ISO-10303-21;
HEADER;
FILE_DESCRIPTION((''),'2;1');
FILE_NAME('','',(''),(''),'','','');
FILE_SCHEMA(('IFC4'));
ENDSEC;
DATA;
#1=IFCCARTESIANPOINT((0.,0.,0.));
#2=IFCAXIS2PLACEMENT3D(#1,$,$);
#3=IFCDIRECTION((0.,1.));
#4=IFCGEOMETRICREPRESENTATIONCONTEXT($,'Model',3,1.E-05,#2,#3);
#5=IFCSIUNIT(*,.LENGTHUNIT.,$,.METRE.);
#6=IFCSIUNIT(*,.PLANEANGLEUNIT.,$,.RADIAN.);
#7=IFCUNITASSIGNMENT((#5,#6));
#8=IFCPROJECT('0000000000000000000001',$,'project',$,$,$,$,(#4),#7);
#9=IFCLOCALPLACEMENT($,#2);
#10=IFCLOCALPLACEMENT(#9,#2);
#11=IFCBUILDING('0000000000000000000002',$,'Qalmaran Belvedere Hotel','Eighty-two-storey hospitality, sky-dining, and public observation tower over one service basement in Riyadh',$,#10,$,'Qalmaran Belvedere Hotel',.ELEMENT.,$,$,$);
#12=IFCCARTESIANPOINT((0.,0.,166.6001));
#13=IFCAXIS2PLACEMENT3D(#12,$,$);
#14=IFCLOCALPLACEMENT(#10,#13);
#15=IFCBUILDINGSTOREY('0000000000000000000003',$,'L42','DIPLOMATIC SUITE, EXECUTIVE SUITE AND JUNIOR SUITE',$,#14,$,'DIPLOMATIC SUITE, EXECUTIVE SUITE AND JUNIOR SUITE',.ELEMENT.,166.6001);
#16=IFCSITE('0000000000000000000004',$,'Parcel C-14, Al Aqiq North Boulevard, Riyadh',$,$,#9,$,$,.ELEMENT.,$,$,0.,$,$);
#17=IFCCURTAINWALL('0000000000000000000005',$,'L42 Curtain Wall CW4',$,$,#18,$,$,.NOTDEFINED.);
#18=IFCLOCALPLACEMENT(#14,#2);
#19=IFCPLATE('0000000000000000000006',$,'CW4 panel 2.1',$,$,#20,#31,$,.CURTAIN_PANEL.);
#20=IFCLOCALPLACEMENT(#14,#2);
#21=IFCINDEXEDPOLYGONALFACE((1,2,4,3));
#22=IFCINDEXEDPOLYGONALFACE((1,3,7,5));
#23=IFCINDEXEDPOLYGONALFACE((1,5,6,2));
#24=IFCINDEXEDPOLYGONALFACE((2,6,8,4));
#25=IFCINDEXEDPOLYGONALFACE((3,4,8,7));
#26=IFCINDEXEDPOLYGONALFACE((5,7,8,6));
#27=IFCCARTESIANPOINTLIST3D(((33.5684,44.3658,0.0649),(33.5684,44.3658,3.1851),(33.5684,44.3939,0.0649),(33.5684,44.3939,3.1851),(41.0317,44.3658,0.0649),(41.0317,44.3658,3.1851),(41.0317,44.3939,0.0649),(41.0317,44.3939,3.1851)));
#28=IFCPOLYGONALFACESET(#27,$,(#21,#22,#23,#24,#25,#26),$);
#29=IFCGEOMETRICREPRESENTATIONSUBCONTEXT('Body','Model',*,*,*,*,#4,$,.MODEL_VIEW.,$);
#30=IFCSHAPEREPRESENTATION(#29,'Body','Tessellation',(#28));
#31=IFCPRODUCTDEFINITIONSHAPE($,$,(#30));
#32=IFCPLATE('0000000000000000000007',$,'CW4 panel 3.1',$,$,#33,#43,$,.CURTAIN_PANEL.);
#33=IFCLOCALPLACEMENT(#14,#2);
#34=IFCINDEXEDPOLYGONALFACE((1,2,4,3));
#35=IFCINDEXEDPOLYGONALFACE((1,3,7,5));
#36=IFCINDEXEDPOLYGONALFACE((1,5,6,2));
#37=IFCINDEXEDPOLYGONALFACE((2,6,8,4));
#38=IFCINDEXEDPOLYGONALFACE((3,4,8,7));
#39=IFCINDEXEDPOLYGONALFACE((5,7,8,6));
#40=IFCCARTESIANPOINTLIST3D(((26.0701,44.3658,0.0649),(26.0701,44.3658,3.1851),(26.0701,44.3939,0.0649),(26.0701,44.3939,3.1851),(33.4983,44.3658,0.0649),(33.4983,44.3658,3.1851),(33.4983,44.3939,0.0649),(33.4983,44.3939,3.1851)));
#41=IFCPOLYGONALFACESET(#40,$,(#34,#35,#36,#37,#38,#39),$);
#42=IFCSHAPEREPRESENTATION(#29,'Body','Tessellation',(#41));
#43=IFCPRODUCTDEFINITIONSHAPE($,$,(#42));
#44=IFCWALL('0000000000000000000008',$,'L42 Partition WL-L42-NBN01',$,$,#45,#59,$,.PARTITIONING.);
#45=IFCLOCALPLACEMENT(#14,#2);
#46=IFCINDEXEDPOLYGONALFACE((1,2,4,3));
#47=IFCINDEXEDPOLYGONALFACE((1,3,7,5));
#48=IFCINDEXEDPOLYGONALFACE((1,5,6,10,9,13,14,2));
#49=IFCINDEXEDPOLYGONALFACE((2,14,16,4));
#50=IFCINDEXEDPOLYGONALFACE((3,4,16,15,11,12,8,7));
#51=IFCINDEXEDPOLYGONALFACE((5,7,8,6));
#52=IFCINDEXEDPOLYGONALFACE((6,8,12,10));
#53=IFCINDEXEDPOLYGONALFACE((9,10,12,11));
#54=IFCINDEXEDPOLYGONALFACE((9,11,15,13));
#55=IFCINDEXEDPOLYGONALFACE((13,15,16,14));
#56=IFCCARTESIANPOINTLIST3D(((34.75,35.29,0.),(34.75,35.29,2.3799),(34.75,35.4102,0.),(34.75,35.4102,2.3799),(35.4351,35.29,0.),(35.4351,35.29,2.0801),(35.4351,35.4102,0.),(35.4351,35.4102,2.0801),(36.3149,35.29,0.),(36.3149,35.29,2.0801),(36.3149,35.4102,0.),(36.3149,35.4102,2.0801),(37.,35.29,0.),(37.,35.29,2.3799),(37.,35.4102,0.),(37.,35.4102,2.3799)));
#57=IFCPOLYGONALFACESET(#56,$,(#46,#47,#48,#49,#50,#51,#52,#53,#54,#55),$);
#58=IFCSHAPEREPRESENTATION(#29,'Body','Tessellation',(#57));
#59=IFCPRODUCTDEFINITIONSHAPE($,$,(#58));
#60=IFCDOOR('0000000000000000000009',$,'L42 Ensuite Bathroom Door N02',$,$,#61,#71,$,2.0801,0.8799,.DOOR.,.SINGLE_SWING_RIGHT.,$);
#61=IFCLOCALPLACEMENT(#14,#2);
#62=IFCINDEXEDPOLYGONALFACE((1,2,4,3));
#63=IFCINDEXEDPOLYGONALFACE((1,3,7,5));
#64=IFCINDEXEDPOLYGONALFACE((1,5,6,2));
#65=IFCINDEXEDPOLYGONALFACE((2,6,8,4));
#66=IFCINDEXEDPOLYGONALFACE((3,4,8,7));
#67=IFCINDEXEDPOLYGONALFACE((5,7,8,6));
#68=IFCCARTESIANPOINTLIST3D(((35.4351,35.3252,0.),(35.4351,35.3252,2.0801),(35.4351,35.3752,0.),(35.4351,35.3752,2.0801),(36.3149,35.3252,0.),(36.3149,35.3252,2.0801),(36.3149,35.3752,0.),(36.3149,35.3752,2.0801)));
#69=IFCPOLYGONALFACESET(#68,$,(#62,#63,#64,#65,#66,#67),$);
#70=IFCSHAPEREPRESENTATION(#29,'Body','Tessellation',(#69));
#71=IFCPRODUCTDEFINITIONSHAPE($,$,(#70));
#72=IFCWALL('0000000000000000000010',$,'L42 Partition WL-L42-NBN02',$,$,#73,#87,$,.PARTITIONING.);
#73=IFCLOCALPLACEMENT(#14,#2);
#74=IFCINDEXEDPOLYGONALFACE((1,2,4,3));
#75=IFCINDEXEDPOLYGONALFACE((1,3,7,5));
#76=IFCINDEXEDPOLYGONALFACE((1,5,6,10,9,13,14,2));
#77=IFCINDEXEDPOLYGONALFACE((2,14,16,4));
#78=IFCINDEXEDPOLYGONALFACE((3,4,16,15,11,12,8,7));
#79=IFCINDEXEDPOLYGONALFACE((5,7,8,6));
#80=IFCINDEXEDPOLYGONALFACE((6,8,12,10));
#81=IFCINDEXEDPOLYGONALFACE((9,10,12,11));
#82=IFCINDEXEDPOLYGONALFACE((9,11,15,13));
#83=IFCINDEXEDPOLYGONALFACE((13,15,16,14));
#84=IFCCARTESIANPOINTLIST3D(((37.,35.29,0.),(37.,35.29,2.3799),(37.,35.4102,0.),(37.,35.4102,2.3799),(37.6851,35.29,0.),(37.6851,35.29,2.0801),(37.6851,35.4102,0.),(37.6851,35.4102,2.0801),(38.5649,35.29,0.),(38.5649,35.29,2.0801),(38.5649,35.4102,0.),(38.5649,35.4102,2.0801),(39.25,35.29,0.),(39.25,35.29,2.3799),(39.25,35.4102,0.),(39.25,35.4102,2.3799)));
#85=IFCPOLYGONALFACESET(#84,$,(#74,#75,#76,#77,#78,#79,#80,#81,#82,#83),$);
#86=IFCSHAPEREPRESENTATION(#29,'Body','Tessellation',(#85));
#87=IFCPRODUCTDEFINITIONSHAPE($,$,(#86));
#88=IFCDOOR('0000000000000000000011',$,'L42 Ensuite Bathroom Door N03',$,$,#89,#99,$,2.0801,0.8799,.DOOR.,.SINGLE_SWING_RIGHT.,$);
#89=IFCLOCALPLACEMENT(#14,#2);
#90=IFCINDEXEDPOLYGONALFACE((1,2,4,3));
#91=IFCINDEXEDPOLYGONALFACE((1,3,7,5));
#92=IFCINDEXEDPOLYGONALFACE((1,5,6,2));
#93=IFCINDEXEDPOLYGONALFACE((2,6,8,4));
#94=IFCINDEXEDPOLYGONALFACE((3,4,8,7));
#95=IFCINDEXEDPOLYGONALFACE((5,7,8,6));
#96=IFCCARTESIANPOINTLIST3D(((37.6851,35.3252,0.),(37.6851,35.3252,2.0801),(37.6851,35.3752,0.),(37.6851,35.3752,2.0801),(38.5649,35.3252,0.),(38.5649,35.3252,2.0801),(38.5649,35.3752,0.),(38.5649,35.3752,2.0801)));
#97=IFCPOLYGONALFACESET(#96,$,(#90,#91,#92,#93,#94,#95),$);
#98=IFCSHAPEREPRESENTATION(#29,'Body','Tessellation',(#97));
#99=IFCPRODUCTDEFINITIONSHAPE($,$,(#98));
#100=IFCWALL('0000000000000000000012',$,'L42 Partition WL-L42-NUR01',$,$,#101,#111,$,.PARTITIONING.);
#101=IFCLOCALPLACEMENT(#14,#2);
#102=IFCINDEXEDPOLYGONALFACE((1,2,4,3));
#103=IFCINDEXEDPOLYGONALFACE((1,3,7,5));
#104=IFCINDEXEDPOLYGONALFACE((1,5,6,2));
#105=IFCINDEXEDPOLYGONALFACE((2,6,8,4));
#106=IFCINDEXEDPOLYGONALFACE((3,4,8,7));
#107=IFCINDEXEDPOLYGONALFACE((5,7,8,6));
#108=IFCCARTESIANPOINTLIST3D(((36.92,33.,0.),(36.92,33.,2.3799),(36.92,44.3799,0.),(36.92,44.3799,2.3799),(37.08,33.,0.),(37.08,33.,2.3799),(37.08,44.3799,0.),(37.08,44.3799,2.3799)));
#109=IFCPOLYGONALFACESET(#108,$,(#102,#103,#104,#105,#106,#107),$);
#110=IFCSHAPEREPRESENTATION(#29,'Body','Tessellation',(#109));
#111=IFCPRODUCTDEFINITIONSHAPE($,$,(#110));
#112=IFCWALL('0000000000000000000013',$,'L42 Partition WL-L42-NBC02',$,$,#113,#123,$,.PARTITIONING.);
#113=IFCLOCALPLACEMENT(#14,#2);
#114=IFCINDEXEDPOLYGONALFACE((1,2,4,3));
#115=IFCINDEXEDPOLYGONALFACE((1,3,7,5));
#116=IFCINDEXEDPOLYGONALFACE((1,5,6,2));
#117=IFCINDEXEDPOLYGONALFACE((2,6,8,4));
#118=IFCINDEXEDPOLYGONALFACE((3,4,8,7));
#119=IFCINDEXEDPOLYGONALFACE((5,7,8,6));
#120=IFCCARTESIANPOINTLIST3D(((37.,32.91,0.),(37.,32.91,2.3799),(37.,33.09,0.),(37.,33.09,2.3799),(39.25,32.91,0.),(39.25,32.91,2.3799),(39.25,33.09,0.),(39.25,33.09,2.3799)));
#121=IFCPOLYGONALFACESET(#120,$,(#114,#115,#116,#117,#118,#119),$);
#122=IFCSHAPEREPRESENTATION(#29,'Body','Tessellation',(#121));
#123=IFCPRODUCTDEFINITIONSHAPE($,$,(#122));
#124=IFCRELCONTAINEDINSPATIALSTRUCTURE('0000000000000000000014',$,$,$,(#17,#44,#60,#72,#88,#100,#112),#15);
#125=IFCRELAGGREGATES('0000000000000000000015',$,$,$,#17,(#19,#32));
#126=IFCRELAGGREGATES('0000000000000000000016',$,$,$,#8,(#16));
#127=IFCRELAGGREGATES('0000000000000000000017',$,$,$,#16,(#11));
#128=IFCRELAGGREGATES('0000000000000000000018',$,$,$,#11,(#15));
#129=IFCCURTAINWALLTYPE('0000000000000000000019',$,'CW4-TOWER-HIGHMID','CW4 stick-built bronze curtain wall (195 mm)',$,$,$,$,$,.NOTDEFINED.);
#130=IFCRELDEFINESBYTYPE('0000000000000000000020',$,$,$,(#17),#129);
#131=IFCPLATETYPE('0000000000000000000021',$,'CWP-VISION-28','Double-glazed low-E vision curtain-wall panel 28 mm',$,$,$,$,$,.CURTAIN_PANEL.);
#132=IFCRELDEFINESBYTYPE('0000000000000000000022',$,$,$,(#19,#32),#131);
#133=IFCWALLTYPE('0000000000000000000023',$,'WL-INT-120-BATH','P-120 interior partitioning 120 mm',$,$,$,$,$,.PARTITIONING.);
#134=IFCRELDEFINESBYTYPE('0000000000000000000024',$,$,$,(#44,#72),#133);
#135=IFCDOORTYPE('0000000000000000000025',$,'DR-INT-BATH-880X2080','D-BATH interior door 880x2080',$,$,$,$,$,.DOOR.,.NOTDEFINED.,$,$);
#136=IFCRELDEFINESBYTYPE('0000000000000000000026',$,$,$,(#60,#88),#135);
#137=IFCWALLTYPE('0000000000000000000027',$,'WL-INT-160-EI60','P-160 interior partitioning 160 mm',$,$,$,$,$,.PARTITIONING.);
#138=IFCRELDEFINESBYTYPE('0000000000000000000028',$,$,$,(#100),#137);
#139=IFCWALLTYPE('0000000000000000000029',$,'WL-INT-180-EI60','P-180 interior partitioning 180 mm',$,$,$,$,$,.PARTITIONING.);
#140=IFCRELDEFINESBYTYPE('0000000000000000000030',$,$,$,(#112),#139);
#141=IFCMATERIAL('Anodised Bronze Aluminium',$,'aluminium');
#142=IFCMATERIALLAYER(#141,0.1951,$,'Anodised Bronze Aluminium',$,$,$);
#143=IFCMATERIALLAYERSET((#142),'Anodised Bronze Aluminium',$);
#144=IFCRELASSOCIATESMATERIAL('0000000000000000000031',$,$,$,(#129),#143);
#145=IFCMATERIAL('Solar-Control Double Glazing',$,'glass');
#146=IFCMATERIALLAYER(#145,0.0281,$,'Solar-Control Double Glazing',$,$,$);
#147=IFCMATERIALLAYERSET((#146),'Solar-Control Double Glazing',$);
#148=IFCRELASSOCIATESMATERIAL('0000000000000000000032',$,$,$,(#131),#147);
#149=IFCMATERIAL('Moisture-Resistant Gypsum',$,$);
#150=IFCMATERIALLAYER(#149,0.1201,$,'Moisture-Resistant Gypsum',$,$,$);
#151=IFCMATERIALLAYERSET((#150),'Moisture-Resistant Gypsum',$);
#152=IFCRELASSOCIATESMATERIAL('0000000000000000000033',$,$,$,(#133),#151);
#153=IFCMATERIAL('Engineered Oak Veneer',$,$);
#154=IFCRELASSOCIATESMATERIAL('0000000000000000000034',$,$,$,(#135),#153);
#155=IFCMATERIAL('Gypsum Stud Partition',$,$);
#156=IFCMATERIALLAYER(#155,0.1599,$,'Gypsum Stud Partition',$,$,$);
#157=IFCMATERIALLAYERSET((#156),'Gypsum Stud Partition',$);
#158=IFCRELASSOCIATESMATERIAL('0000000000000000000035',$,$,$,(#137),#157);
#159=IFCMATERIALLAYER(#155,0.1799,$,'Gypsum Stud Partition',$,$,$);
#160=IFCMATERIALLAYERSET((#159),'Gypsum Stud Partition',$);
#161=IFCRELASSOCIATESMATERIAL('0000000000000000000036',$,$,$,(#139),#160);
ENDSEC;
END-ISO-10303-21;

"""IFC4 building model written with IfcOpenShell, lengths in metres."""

from ifc_helpers import new_model, si_unit, direction, frame, frame_2d, origin, origin_2d, place, context, subcontext, project, spatial, rectangle, extrude, material, layer, layer_set, type_object, element, fill, aggregate, save


model = new_model("IFC4")

# Units and contexts
model_context = context("Model", 3, precision=1e-05, world=origin(), true_north=direction((0.0, 1.0)))
body_context = subcontext(model_context, "Body", "Model", "MODEL_VIEW")
ifc_project = project(units=[si_unit("LENGTHUNIT", "METRE"), si_unit("PLANEANGLEUNIT", "RADIAN")], contexts=[model_context])

# Site, building, storey
site_placement = place(None, origin())
site = spatial("IfcSite", under=ifc_project, at=site_placement, Name="Parcel C-14, Al Aqiq North Boulevard, Riyadh", CompositionType="ELEMENT", RefElevation=0.0)
building_placement = place(site_placement, origin())
building = spatial("IfcBuilding", under=site, at=building_placement, Name="Qalmaran Belvedere Hotel", Description="Eighty-two-storey hospitality, sky-dining, and public observation tower over one service basement in Riyadh", LongName="Qalmaran Belvedere Hotel", CompositionType="ELEMENT")
storey_placement = place(building_placement, frame((0.0, 0.0, 166.6001)))
storey = spatial("IfcBuildingStorey", under=building, at=storey_placement, Name="L42", Description="DIPLOMATIC SUITE, EXECUTIVE SUITE AND JUNIOR SUITE", LongName="DIPLOMATIC SUITE, EXECUTIVE SUITE AND JUNIOR SUITE", CompositionType="ELEMENT", Elevation=166.6001)

# Curtain wall, plates
ifc_material_1 = material(Name="Anodised Bronze Aluminium", Category="aluminium")
ifc_layer_1 = layer(ifc_material_1, 0.1951, Name="Anodised Bronze Aluminium")
ifc_layer_set_1 = layer_set([ifc_layer_1], Name="Anodised Bronze Aluminium")
curtain_wall_type = type_object("IfcCurtainWallType", Name="CW4-TOWER-HIGHMID", Description="CW4 stick-built bronze curtain wall (195 mm)", PredefinedType="NOTDEFINED", material=ifc_layer_set_1)
curtain_wall_placement = place(storey_placement, origin())
curtain_wall = element("IfcCurtainWall", 1, at=curtain_wall_placement, inside=storey, type_object=curtain_wall_type, Name="L42 Curtain Wall CW4", PredefinedType="NOTDEFINED")
ifc_material_2 = material(Name="Solar-Control Double Glazing", Category="glass")
ifc_layer_2 = layer(ifc_material_2, 0.0281, Name="Solar-Control Double Glazing")
ifc_layer_set_2 = layer_set([ifc_layer_2], Name="Solar-Control Double Glazing")
plate_type = type_object("IfcPlateType", Name="CWP-VISION-28", Description="Double-glazed low-E vision curtain-wall panel 28 mm", PredefinedType="CURTAIN_PANEL", material=ifc_layer_set_2)
plate_1_placement = place(storey_placement, frame((37.3, 44.3799, 0.0649), z_axis=(0.0, 0.0, 1.0), x_axis=(-1.0, 0.0, 0.0)))
plate_1 = element("IfcPlate", 2, at=plate_1_placement, type_object=plate_type, Name="CW4 panel 2.1", PredefinedType="CURTAIN_PANEL", context=body_context, shape_type="SweptSolid", body=[
    extrude(rectangle(XDim=7.4634, YDim=0.0281, at=origin_2d()), origin(), (0.0, 0.0, 1.0), 3.1201),
])
plate_2_placement = place(storey_placement, frame((29.7842, 44.3799, 0.0649), z_axis=(0.0, 0.0, 1.0), x_axis=(-1.0, 0.0, 0.0)))
plate_2 = element("IfcPlate", 3, at=plate_2_placement, type_object=plate_type, Name="CW4 panel 3.1", PredefinedType="CURTAIN_PANEL", context=body_context, shape_type="SweptSolid", body=[
    extrude(rectangle(XDim=7.4282, YDim=0.0281, at=origin_2d()), origin(), (0.0, 0.0, 1.0), 3.1201),
])
aggregate(curtain_wall, [plate_1, plate_2])

# Walls, openings, doors
ifc_material_3 = material(Name="Moisture-Resistant Gypsum")
ifc_layer_3 = layer(ifc_material_3, 0.1201, Name="Moisture-Resistant Gypsum")
ifc_layer_set_3 = layer_set([ifc_layer_3], Name="Moisture-Resistant Gypsum")
wall_type_1 = type_object("IfcWallType", Name="WL-INT-120-BATH", Description="P-120 interior partitioning 120 mm", PredefinedType="PARTITIONING", material=ifc_layer_set_3)
wall_1_placement = place(storey_placement, frame((34.75, 35.3501, 0.0), z_axis=(0.0, 0.0, 1.0), x_axis=(1.0, 0.0, 0.0)))
wall_1 = element("IfcWall", 4, at=wall_1_placement, inside=storey, type_object=wall_type_1, Name="L42 Partition WL-L42-NBN01", PredefinedType="PARTITIONING", context=body_context, shape_type="SweptSolid", body=[
    extrude(rectangle(XDim=2.25, YDim=0.1201, at=frame_2d((1.125, 0.0))), origin(), (0.0, 0.0, 1.0), 2.3799),
])
opening_1_placement = place(wall_1_placement, frame((1.5649, 0.0, 0.0), z_axis=(0.0, 0.0, 1.0), x_axis=(-1.0, 0.0, 0.0)))
opening_1 = element("IfcOpeningElement", 5, at=opening_1_placement, cuts=wall_1, PredefinedType="OPENING", context=body_context, shape_type="SweptSolid", body=[
    extrude(rectangle(XDim=0.8799, YDim=2.0801, at=frame_2d((0.4399, 1.04))), frame((0.0, 0.0701, 0.0), z_axis=(0.0, -1.0, 0.0), x_axis=(1.0, 0.0, 0.0)), (0.0, 0.0, 1.0), 0.1401),
])
ifc_material_4 = material(Name="Engineered Oak Veneer")
door_type = type_object("IfcDoorType", Name="DR-INT-BATH-880X2080", Description="D-BATH interior door 880x2080", OperationType="NOTDEFINED", PredefinedType="DOOR", material=ifc_material_4)
door_1_placement = place(opening_1_placement, origin())
door_1 = element("IfcDoor", 6, at=door_1_placement, inside=storey, type_object=door_type, Name="L42 Ensuite Bathroom Door N02", OperationType="SINGLE_SWING_RIGHT", OverallHeight=2.0801, OverallWidth=0.8799, PredefinedType="DOOR", context=body_context, shape_type="SweptSolid", body=[
    extrude(rectangle(XDim=0.8799, YDim=2.0801, at=frame_2d((0.4399, 1.04))), frame((0.0, 0.0249, 0.0), z_axis=(0.0, -1.0, 0.0), x_axis=(1.0, 0.0, 0.0)), (0.0, 0.0, 1.0), 0.05),
])
fill(opening_1, door_1)
wall_2_placement = place(storey_placement, frame((37.0, 35.3501, 0.0), z_axis=(0.0, 0.0, 1.0), x_axis=(1.0, 0.0, 0.0)))
wall_2 = element("IfcWall", 7, at=wall_2_placement, inside=storey, type_object=wall_type_1, Name="L42 Partition WL-L42-NBN02", PredefinedType="PARTITIONING", context=body_context, shape_type="SweptSolid", body=[
    extrude(rectangle(XDim=2.25, YDim=0.1201, at=frame_2d((1.125, 0.0))), origin(), (0.0, 0.0, 1.0), 2.3799),
])
opening_2_placement = place(wall_2_placement, frame((1.5649, 0.0, 0.0), z_axis=(0.0, 0.0, 1.0), x_axis=(-1.0, 0.0, 0.0)))
opening_2 = element("IfcOpeningElement", 8, at=opening_2_placement, cuts=wall_2, PredefinedType="OPENING", context=body_context, shape_type="SweptSolid", body=[
    extrude(rectangle(XDim=0.8799, YDim=2.0801, at=frame_2d((0.4399, 1.04))), frame((0.0, 0.0701, 0.0), z_axis=(0.0, -1.0, 0.0), x_axis=(1.0, 0.0, 0.0)), (0.0, 0.0, 1.0), 0.1401),
])
door_2_placement = place(opening_2_placement, origin())
door_2 = element("IfcDoor", 9, at=door_2_placement, inside=storey, type_object=door_type, Name="L42 Ensuite Bathroom Door N03", OperationType="SINGLE_SWING_RIGHT", OverallHeight=2.0801, OverallWidth=0.8799, PredefinedType="DOOR", context=body_context, shape_type="SweptSolid", body=[
    extrude(rectangle(XDim=0.8799, YDim=2.0801, at=frame_2d((0.4399, 1.04))), frame((0.0, 0.0249, 0.0), z_axis=(0.0, -1.0, 0.0), x_axis=(1.0, 0.0, 0.0)), (0.0, 0.0, 1.0), 0.05),
])
fill(opening_2, door_2)

# Walls
ifc_material_5 = material(Name="Gypsum Stud Partition")
ifc_layer_4 = layer(ifc_material_5, 0.1599, Name="Gypsum Stud Partition")
ifc_layer_set_4 = layer_set([ifc_layer_4], Name="Gypsum Stud Partition")
wall_type_2 = type_object("IfcWallType", Name="WL-INT-160-EI60", Description="P-160 interior partitioning 160 mm", PredefinedType="PARTITIONING", material=ifc_layer_set_4)
wall_3_placement = place(storey_placement, frame((37.0, 33.0, 0.0), z_axis=(0.0, 0.0, 1.0), x_axis=(0.0, 1.0, 0.0)))
element("IfcWall", 10, at=wall_3_placement, inside=storey, type_object=wall_type_2, Name="L42 Partition WL-L42-NUR01", PredefinedType="PARTITIONING", context=body_context, shape_type="SweptSolid", body=[
    extrude(rectangle(XDim=11.3799, YDim=0.1599, at=frame_2d((5.6899, 0.0))), origin(), (0.0, 0.0, 1.0), 2.3799),
])
ifc_layer_5 = layer(ifc_material_5, 0.1799, Name="Gypsum Stud Partition")
ifc_layer_set_5 = layer_set([ifc_layer_5], Name="Gypsum Stud Partition")
wall_type_3 = type_object("IfcWallType", Name="WL-INT-180-EI60", Description="P-180 interior partitioning 180 mm", PredefinedType="PARTITIONING", material=ifc_layer_set_5)
wall_4_placement = place(storey_placement, frame((37.0, 33.0, 0.0), z_axis=(0.0, 0.0, 1.0), x_axis=(1.0, 0.0, 0.0)))
element("IfcWall", 11, at=wall_4_placement, inside=storey, type_object=wall_type_3, Name="L42 Partition WL-L42-NBC02", PredefinedType="PARTITIONING", context=body_context, shape_type="SweptSolid", body=[
    extrude(rectangle(XDim=2.25, YDim=0.1799, at=frame_2d((1.125, 0.0))), origin(), (0.0, 0.0, 1.0), 2.3799),
])

save(model, "model.ifc")
